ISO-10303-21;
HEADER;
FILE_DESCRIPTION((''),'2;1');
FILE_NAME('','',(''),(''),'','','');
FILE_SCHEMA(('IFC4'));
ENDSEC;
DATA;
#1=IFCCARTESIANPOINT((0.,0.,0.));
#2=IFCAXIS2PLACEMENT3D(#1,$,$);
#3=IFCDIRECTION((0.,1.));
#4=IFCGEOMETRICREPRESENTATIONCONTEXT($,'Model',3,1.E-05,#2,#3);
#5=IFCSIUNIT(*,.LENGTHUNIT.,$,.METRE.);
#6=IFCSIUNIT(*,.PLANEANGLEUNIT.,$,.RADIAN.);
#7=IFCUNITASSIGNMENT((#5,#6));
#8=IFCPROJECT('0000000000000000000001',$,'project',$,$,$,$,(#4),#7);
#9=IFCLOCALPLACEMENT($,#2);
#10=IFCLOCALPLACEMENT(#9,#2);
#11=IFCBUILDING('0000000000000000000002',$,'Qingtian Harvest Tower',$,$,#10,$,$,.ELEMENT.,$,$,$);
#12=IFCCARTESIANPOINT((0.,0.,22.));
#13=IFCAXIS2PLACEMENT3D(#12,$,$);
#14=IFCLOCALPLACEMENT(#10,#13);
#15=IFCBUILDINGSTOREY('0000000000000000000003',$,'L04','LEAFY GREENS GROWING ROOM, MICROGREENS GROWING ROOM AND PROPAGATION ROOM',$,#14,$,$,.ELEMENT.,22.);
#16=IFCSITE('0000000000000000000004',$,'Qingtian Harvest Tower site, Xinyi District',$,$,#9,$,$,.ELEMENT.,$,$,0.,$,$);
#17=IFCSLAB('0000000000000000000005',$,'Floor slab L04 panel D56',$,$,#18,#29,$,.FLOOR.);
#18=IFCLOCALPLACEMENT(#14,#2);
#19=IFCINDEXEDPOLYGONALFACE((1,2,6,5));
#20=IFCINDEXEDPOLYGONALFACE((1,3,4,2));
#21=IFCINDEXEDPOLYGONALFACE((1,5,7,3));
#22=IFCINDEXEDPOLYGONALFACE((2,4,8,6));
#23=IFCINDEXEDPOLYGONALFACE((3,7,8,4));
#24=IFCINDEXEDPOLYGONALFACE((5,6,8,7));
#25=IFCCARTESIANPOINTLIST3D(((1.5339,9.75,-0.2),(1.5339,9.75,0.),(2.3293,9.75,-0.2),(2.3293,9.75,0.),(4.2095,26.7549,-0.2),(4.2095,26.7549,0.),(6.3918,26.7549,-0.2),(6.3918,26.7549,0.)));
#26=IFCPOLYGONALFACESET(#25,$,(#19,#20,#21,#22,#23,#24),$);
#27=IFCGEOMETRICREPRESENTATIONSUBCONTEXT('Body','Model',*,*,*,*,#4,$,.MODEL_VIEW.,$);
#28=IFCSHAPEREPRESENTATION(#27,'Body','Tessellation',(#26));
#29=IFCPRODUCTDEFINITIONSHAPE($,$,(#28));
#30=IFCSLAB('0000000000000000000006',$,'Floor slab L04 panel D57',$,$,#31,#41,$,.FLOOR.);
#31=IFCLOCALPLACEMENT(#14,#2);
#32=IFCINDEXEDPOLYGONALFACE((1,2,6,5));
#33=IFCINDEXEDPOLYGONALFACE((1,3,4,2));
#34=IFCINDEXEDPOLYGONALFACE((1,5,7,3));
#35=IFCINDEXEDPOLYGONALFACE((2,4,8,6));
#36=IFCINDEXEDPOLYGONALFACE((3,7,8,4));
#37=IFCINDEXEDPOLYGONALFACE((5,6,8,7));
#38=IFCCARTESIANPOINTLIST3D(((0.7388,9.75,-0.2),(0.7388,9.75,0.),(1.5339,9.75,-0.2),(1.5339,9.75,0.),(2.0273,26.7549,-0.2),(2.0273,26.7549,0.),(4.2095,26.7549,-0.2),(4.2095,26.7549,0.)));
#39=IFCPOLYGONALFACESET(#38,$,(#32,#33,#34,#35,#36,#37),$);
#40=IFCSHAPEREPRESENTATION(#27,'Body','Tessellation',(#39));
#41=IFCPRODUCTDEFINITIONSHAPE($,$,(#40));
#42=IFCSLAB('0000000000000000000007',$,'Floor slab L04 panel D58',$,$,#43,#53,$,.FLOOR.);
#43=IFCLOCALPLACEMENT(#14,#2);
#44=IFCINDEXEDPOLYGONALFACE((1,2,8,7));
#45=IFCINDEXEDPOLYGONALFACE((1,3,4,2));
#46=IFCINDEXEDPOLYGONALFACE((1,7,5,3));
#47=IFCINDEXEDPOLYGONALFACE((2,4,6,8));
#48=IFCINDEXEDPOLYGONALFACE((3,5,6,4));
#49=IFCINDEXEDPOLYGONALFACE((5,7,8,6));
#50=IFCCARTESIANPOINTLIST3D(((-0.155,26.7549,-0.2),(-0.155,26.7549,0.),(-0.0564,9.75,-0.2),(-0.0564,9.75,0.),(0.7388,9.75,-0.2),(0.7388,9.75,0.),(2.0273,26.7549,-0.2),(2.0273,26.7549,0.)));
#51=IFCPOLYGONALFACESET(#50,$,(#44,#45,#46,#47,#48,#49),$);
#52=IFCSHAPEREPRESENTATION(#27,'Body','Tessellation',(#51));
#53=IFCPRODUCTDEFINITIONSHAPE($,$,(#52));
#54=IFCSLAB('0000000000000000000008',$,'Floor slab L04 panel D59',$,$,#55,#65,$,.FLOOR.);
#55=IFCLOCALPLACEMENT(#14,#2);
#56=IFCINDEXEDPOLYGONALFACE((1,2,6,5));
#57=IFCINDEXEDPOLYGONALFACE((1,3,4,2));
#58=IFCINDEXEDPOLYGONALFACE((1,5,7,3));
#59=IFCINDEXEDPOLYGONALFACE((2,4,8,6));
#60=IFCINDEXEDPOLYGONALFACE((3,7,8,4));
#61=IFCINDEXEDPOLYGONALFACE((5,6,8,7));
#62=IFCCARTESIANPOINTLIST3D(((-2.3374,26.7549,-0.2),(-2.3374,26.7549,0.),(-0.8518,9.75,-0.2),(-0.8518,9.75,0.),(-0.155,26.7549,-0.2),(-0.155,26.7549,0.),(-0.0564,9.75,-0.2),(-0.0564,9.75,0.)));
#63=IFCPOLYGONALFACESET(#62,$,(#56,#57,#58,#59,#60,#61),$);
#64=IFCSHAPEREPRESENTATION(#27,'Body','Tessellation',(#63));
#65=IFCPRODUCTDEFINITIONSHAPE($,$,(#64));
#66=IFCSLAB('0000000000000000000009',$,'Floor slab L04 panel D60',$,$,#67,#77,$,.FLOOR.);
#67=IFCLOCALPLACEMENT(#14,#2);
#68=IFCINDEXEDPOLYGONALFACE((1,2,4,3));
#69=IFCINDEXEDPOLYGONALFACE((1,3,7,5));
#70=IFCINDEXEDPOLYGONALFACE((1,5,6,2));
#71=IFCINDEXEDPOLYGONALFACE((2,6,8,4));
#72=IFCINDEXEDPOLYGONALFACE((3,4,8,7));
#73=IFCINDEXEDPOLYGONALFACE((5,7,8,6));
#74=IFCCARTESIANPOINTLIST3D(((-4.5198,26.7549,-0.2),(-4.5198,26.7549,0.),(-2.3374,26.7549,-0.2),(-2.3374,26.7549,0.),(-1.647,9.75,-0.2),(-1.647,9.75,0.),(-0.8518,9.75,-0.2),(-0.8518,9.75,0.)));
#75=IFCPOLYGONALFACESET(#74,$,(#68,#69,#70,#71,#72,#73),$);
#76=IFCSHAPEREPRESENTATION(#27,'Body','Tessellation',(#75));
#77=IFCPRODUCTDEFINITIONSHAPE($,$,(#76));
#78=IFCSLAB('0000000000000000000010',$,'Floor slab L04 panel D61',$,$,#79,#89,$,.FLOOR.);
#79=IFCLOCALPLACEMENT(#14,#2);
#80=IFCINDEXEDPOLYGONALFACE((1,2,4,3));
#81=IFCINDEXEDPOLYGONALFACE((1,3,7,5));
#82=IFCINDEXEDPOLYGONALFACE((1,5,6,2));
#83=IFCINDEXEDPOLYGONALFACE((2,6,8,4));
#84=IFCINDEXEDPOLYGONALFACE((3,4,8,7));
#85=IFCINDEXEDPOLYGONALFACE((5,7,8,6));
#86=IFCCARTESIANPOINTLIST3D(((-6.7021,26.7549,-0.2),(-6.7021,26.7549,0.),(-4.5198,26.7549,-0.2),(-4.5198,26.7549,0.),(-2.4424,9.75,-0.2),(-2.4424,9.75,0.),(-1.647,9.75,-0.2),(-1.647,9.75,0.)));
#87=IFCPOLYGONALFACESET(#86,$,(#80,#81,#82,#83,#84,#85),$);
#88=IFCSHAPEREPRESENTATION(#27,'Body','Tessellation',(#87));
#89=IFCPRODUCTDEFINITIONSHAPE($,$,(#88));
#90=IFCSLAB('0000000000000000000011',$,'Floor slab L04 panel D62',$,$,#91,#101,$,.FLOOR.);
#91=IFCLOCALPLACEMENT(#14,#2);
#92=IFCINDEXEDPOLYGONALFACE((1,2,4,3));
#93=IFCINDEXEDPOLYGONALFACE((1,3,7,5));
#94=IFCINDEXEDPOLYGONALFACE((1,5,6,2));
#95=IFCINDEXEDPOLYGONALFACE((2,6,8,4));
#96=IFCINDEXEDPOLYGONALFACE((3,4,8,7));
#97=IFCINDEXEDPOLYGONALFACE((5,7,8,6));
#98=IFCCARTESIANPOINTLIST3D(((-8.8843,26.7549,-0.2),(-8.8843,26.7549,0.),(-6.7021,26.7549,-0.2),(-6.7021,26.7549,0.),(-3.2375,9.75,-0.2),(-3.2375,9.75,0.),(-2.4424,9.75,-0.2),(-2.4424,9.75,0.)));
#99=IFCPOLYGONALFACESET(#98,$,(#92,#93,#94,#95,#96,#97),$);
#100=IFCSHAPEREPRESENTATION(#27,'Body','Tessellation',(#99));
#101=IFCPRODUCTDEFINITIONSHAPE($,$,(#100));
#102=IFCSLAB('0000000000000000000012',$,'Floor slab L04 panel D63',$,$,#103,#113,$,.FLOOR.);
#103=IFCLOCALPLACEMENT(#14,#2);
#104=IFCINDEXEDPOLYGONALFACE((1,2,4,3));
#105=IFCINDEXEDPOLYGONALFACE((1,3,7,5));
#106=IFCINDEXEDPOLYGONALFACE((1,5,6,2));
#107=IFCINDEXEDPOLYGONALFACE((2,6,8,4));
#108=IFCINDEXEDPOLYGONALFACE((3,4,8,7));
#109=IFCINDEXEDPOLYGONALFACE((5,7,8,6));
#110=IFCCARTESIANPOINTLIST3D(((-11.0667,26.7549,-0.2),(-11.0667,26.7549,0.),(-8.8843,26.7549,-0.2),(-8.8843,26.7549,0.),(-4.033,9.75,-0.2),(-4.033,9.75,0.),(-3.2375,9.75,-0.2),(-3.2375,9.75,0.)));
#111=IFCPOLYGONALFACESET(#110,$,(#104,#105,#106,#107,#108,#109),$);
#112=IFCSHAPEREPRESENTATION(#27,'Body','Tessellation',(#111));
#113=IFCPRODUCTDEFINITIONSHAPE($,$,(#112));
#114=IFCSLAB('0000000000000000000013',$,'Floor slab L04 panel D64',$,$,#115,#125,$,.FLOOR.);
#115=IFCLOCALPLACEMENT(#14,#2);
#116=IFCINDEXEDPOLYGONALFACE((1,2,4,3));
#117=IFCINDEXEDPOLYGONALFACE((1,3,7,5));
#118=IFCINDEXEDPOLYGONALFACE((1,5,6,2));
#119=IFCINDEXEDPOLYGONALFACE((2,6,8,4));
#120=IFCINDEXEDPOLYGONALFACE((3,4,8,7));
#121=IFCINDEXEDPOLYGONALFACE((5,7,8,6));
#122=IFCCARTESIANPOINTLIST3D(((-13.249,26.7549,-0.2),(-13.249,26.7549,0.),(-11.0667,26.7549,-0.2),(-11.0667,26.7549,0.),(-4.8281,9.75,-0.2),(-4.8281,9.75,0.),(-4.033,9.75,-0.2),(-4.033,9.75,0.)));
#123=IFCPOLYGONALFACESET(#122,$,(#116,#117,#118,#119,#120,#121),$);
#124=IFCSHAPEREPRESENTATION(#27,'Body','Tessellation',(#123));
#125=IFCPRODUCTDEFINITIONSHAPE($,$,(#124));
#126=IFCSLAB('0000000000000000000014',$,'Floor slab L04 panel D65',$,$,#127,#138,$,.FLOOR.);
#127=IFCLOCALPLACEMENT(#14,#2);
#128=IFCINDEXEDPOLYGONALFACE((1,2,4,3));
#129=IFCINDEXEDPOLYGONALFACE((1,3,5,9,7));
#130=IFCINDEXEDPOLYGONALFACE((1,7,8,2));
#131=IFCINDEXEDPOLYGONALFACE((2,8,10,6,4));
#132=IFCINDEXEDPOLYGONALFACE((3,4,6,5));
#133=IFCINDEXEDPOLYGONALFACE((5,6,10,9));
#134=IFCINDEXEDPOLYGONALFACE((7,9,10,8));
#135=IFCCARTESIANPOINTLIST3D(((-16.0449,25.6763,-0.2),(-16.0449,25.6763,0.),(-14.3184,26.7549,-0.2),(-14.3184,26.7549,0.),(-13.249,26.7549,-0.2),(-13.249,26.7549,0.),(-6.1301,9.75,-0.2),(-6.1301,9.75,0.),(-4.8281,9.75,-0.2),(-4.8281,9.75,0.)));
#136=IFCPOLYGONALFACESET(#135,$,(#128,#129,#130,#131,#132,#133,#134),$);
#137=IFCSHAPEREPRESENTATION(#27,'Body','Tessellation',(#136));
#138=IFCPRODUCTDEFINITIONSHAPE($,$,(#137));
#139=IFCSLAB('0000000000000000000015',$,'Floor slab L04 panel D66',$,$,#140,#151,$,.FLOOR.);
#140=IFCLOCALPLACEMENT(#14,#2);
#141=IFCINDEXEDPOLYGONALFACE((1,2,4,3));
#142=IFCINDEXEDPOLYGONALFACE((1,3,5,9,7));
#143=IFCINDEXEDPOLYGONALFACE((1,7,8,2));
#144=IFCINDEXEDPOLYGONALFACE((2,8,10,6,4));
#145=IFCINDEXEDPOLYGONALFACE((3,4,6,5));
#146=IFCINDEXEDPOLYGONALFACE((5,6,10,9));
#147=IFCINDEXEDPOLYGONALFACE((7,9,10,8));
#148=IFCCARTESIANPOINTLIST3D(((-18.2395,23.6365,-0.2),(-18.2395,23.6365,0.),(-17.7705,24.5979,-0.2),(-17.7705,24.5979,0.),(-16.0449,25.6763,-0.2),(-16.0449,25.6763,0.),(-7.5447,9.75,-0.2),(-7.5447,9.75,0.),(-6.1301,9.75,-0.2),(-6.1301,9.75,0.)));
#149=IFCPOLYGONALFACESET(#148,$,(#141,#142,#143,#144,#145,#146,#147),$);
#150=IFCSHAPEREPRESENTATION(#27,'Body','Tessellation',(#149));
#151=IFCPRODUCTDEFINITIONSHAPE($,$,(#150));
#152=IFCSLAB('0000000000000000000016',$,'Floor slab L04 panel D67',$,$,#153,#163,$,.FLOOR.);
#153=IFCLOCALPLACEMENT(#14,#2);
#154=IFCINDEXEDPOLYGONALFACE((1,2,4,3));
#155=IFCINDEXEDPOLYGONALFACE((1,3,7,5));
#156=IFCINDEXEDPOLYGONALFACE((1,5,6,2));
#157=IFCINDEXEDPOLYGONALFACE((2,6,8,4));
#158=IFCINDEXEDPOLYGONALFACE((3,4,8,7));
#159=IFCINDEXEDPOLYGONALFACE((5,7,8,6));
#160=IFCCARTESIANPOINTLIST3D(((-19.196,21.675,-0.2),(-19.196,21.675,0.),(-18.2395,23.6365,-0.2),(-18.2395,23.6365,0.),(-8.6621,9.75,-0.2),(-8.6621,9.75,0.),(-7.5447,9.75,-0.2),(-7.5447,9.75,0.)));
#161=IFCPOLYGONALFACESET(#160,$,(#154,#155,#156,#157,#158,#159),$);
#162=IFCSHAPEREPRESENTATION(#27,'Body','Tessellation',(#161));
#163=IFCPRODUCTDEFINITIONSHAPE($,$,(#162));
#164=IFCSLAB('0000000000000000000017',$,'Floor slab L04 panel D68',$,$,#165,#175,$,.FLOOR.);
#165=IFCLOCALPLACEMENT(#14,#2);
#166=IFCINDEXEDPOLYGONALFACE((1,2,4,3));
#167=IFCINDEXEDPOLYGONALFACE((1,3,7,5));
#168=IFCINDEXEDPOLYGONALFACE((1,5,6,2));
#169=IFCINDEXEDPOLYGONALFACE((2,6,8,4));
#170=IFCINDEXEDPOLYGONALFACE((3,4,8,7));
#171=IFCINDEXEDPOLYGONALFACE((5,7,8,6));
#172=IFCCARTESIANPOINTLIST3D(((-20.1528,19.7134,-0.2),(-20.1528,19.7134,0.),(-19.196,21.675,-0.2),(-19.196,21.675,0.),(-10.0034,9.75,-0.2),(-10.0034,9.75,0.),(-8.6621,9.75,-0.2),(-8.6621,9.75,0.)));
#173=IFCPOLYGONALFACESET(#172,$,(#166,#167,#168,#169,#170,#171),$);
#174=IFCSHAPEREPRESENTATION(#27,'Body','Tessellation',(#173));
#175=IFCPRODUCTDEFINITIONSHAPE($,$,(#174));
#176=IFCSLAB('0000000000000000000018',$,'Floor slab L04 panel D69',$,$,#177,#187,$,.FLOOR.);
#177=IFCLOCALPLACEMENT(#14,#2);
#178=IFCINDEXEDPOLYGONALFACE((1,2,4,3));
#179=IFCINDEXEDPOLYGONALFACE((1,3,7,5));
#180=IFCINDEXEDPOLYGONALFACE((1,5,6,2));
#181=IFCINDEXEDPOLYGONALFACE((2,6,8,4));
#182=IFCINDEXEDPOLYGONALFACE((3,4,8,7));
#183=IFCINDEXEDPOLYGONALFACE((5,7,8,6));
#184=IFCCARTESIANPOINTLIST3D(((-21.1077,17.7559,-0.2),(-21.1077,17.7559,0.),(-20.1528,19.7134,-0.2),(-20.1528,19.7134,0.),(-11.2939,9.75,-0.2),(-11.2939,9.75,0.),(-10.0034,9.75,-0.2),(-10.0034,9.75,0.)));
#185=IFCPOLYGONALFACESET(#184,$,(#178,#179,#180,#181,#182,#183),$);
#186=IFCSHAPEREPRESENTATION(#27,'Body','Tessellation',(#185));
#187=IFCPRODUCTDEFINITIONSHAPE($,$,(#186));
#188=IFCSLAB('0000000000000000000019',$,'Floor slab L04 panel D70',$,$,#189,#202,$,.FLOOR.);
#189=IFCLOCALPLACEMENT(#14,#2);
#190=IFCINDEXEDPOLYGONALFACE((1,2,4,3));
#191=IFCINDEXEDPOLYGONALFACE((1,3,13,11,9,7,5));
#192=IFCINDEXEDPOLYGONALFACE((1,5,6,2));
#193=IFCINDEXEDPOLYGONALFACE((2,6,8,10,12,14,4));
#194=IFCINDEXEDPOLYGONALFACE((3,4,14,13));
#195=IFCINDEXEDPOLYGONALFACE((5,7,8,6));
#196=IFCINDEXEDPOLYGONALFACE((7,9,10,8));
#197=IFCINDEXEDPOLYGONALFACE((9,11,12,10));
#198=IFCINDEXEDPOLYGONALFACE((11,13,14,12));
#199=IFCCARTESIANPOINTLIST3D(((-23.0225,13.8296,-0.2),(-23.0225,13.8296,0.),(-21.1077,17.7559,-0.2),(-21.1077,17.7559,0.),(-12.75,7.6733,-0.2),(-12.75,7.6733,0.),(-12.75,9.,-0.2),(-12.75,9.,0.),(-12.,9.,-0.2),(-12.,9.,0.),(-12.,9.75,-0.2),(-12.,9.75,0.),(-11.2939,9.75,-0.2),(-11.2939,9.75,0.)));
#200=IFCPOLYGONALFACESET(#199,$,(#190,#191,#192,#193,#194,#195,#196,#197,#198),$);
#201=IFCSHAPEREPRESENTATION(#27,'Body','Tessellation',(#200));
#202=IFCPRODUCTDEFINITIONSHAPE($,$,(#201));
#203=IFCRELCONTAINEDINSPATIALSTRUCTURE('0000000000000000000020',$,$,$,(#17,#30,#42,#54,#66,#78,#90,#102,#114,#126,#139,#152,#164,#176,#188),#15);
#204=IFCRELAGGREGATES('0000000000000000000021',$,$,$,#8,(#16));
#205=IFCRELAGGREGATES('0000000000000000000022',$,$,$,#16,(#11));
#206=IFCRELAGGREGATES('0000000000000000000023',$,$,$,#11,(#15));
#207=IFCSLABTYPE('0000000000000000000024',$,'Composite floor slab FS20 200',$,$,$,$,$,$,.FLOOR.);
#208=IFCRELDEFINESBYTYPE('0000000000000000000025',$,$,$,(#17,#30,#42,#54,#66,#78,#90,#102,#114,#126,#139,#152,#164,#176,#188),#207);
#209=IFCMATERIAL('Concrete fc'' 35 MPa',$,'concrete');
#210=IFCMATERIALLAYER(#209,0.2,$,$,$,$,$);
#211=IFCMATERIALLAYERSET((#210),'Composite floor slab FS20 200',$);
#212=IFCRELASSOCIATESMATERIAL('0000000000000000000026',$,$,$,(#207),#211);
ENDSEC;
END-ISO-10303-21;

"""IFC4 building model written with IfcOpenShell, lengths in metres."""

from ifc_helpers import new_model, si_unit, direction, frame, origin, place, context, subcontext, project, spatial, polyline, outline, extrude, material, layer, layer_set, type_object, element, save


model = new_model("IFC4")

# Units and contexts
model_context = context("Model", 3, precision=1e-05, world=origin(), true_north=direction((0.0, 1.0)))
body_context = subcontext(model_context, "Body", "Model", "MODEL_VIEW")
ifc_project = project(units=[si_unit("LENGTHUNIT", "METRE"), si_unit("PLANEANGLEUNIT", "RADIAN")], contexts=[model_context])

# Site, building, storey
site_placement = place(None, origin())
site = spatial("IfcSite", under=ifc_project, at=site_placement, Name="Qingtian Harvest Tower site, Xinyi District", CompositionType="ELEMENT", RefElevation=0.0)
building_placement = place(site_placement, origin())
building = spatial("IfcBuilding", under=site, at=building_placement, Name="Qingtian Harvest Tower", CompositionType="ELEMENT")
storey_placement = place(building_placement, frame((0.0, 0.0, 22.0)))
storey = spatial("IfcBuildingStorey", under=building, at=storey_placement, Name="L04", Description="LEAFY GREENS GROWING ROOM, MICROGREENS GROWING ROOM AND PROPAGATION ROOM", CompositionType="ELEMENT", Elevation=22.0)

# Slabs
ifc_material_1 = material(Name="Concrete fc' 35 MPa", Category="concrete")
ifc_layer_1 = layer(ifc_material_1, 0.2)
ifc_layer_set_1 = layer_set([ifc_layer_1], Name="Composite floor slab FS20 200")
slab_type = type_object("IfcSlabType", Name="Composite floor slab FS20 200", PredefinedType="FLOOR", material=ifc_layer_set_1)
slab_1_placement = place(storey_placement, frame((0.0, 0.0, -0.2)))
element("IfcSlab", 1, at=slab_1_placement, inside=storey, type_object=slab_type, Name="Floor slab L04 panel D56", PredefinedType="FLOOR", context=body_context, shape_type="SweptSolid", body=[
    extrude(outline(polyline([(1.5339, 9.75), (4.2095, 26.7549), (6.3918, 26.7549), (2.3293, 9.75), (1.5339, 9.75)])), origin(), (0.0, 0.0, 1.0), 0.2),
])
slab_2_placement = place(storey_placement, frame((0.0, 0.0, -0.2)))
element("IfcSlab", 2, at=slab_2_placement, inside=storey, type_object=slab_type, Name="Floor slab L04 panel D57", PredefinedType="FLOOR", context=body_context, shape_type="SweptSolid", body=[
    extrude(outline(polyline([(0.7388, 9.75), (2.0273, 26.7549), (4.2095, 26.7549), (1.5339, 9.75), (0.7388, 9.75)])), origin(), (0.0, 0.0, 1.0), 0.2),
])
slab_3_placement = place(storey_placement, frame((0.0, 0.0, -0.2)))
element("IfcSlab", 3, at=slab_3_placement, inside=storey, type_object=slab_type, Name="Floor slab L04 panel D58", PredefinedType="FLOOR", context=body_context, shape_type="SweptSolid", body=[
    extrude(outline(polyline([(-0.0564, 9.75), (-0.155, 26.7549), (2.0273, 26.7549), (0.7388, 9.75), (-0.0564, 9.75)])), origin(), (0.0, 0.0, 1.0), 0.2),
])
slab_4_placement = place(storey_placement, frame((0.0, 0.0, -0.2)))
element("IfcSlab", 4, at=slab_4_placement, inside=storey, type_object=slab_type, Name="Floor slab L04 panel D59", PredefinedType="FLOOR", context=body_context, shape_type="SweptSolid", body=[
    extrude(outline(polyline([(-0.8518, 9.75), (-2.3374, 26.7549), (-0.155, 26.7549), (-0.0564, 9.75), (-0.8518, 9.75)])), origin(), (0.0, 0.0, 1.0), 0.2),
])
slab_5_placement = place(storey_placement, frame((0.0, 0.0, -0.2)))
element("IfcSlab", 5, at=slab_5_placement, inside=storey, type_object=slab_type, Name="Floor slab L04 panel D60", PredefinedType="FLOOR", context=body_context, shape_type="SweptSolid", body=[
    extrude(outline(polyline([(-1.647, 9.75), (-4.5198, 26.7549), (-2.3374, 26.7549), (-0.8518, 9.75), (-1.647, 9.75)])), origin(), (0.0, 0.0, 1.0), 0.2),
])
slab_6_placement = place(storey_placement, frame((0.0, 0.0, -0.2)))
element("IfcSlab", 6, at=slab_6_placement, inside=storey, type_object=slab_type, Name="Floor slab L04 panel D61", PredefinedType="FLOOR", context=body_context, shape_type="SweptSolid", body=[
    extrude(outline(polyline([(-2.4424, 9.75), (-6.7021, 26.7549), (-4.5198, 26.7549), (-1.647, 9.75), (-2.4424, 9.75)])), origin(), (0.0, 0.0, 1.0), 0.2),
])
slab_7_placement = place(storey_placement, frame((0.0, 0.0, -0.2)))
element("IfcSlab", 7, at=slab_7_placement, inside=storey, type_object=slab_type, Name="Floor slab L04 panel D62", PredefinedType="FLOOR", context=body_context, shape_type="SweptSolid", body=[
    extrude(outline(polyline([(-3.2375, 9.75), (-8.8843, 26.7549), (-6.7021, 26.7549), (-2.4424, 9.75), (-3.2375, 9.75)])), origin(), (0.0, 0.0, 1.0), 0.2),
])
slab_8_placement = place(storey_placement, frame((0.0, 0.0, -0.2)))
element("IfcSlab", 8, at=slab_8_placement, inside=storey, type_object=slab_type, Name="Floor slab L04 panel D63", PredefinedType="FLOOR", context=body_context, shape_type="SweptSolid", body=[
    extrude(outline(polyline([(-4.033, 9.75), (-11.0667, 26.7549), (-8.8843, 26.7549), (-3.2375, 9.75), (-4.033, 9.75)])), origin(), (0.0, 0.0, 1.0), 0.2),
])
slab_9_placement = place(storey_placement, frame((0.0, 0.0, -0.2)))
element("IfcSlab", 9, at=slab_9_placement, inside=storey, type_object=slab_type, Name="Floor slab L04 panel D64", PredefinedType="FLOOR", context=body_context, shape_type="SweptSolid", body=[
    extrude(outline(polyline([(-4.8281, 9.75), (-13.249, 26.7549), (-11.0667, 26.7549), (-4.033, 9.75), (-4.8281, 9.75)])), origin(), (0.0, 0.0, 1.0), 0.2),
])
slab_10_placement = place(storey_placement, frame((0.0, 0.0, -0.2)))
element("IfcSlab", 10, at=slab_10_placement, inside=storey, type_object=slab_type, Name="Floor slab L04 panel D65", PredefinedType="FLOOR", context=body_context, shape_type="SweptSolid", body=[
    extrude(outline(polyline([(-4.8281, 9.75), (-6.1301, 9.75), (-16.0449, 25.6763), (-14.3184, 26.7549), (-13.249, 26.7549), (-4.8281, 9.75)])), origin(), (0.0, 0.0, 1.0), 0.2),
])
slab_11_placement = place(storey_placement, frame((0.0, 0.0, -0.2)))
element("IfcSlab", 11, at=slab_11_placement, inside=storey, type_object=slab_type, Name="Floor slab L04 panel D66", PredefinedType="FLOOR", context=body_context, shape_type="SweptSolid", body=[
    extrude(outline(polyline([(-6.1301, 9.75), (-7.5447, 9.75), (-18.2395, 23.6365), (-17.7705, 24.5979), (-16.0449, 25.6763), (-6.1301, 9.75)])), origin(), (0.0, 0.0, 1.0), 0.2),
])
slab_12_placement = place(storey_placement, frame((0.0, 0.0, -0.2)))
element("IfcSlab", 12, at=slab_12_placement, inside=storey, type_object=slab_type, Name="Floor slab L04 panel D67", PredefinedType="FLOOR", context=body_context, shape_type="SweptSolid", body=[
    extrude(outline(polyline([(-8.6621, 9.75), (-19.196, 21.675), (-18.2395, 23.6365), (-7.5447, 9.75), (-8.6621, 9.75)])), origin(), (0.0, 0.0, 1.0), 0.2),
])
slab_13_placement = place(storey_placement, frame((0.0, 0.0, -0.2)))
element("IfcSlab", 13, at=slab_13_placement, inside=storey, type_object=slab_type, Name="Floor slab L04 panel D68", PredefinedType="FLOOR", context=body_context, shape_type="SweptSolid", body=[
    extrude(outline(polyline([(-10.0034, 9.75), (-20.1528, 19.7134), (-19.196, 21.675), (-8.6621, 9.75), (-10.0034, 9.75)])), origin(), (0.0, 0.0, 1.0), 0.2),
])
slab_14_placement = place(storey_placement, frame((0.0, 0.0, -0.2)))
element("IfcSlab", 14, at=slab_14_placement, inside=storey, type_object=slab_type, Name="Floor slab L04 panel D69", PredefinedType="FLOOR", context=body_context, shape_type="SweptSolid", body=[
    extrude(outline(polyline([(-11.2939, 9.75), (-21.1077, 17.7559), (-20.1528, 19.7134), (-10.0034, 9.75), (-11.2939, 9.75)])), origin(), (0.0, 0.0, 1.0), 0.2),
])
slab_15_placement = place(storey_placement, frame((0.0, 0.0, -0.2)))
element("IfcSlab", 15, at=slab_15_placement, inside=storey, type_object=slab_type, Name="Floor slab L04 panel D70", PredefinedType="FLOOR", context=body_context, shape_type="SweptSolid", body=[
    extrude(outline(polyline([(-12.0, 9.0), (-12.75, 9.0), (-12.75, 7.6733), (-23.0225, 13.8296), (-21.1077, 17.7559), (-11.2939, 9.75), (-12.0, 9.75), (-12.0, 9.0)])), origin(), (0.0, 0.0, 1.0), 0.2),
])

save(model, "model.ifc")
